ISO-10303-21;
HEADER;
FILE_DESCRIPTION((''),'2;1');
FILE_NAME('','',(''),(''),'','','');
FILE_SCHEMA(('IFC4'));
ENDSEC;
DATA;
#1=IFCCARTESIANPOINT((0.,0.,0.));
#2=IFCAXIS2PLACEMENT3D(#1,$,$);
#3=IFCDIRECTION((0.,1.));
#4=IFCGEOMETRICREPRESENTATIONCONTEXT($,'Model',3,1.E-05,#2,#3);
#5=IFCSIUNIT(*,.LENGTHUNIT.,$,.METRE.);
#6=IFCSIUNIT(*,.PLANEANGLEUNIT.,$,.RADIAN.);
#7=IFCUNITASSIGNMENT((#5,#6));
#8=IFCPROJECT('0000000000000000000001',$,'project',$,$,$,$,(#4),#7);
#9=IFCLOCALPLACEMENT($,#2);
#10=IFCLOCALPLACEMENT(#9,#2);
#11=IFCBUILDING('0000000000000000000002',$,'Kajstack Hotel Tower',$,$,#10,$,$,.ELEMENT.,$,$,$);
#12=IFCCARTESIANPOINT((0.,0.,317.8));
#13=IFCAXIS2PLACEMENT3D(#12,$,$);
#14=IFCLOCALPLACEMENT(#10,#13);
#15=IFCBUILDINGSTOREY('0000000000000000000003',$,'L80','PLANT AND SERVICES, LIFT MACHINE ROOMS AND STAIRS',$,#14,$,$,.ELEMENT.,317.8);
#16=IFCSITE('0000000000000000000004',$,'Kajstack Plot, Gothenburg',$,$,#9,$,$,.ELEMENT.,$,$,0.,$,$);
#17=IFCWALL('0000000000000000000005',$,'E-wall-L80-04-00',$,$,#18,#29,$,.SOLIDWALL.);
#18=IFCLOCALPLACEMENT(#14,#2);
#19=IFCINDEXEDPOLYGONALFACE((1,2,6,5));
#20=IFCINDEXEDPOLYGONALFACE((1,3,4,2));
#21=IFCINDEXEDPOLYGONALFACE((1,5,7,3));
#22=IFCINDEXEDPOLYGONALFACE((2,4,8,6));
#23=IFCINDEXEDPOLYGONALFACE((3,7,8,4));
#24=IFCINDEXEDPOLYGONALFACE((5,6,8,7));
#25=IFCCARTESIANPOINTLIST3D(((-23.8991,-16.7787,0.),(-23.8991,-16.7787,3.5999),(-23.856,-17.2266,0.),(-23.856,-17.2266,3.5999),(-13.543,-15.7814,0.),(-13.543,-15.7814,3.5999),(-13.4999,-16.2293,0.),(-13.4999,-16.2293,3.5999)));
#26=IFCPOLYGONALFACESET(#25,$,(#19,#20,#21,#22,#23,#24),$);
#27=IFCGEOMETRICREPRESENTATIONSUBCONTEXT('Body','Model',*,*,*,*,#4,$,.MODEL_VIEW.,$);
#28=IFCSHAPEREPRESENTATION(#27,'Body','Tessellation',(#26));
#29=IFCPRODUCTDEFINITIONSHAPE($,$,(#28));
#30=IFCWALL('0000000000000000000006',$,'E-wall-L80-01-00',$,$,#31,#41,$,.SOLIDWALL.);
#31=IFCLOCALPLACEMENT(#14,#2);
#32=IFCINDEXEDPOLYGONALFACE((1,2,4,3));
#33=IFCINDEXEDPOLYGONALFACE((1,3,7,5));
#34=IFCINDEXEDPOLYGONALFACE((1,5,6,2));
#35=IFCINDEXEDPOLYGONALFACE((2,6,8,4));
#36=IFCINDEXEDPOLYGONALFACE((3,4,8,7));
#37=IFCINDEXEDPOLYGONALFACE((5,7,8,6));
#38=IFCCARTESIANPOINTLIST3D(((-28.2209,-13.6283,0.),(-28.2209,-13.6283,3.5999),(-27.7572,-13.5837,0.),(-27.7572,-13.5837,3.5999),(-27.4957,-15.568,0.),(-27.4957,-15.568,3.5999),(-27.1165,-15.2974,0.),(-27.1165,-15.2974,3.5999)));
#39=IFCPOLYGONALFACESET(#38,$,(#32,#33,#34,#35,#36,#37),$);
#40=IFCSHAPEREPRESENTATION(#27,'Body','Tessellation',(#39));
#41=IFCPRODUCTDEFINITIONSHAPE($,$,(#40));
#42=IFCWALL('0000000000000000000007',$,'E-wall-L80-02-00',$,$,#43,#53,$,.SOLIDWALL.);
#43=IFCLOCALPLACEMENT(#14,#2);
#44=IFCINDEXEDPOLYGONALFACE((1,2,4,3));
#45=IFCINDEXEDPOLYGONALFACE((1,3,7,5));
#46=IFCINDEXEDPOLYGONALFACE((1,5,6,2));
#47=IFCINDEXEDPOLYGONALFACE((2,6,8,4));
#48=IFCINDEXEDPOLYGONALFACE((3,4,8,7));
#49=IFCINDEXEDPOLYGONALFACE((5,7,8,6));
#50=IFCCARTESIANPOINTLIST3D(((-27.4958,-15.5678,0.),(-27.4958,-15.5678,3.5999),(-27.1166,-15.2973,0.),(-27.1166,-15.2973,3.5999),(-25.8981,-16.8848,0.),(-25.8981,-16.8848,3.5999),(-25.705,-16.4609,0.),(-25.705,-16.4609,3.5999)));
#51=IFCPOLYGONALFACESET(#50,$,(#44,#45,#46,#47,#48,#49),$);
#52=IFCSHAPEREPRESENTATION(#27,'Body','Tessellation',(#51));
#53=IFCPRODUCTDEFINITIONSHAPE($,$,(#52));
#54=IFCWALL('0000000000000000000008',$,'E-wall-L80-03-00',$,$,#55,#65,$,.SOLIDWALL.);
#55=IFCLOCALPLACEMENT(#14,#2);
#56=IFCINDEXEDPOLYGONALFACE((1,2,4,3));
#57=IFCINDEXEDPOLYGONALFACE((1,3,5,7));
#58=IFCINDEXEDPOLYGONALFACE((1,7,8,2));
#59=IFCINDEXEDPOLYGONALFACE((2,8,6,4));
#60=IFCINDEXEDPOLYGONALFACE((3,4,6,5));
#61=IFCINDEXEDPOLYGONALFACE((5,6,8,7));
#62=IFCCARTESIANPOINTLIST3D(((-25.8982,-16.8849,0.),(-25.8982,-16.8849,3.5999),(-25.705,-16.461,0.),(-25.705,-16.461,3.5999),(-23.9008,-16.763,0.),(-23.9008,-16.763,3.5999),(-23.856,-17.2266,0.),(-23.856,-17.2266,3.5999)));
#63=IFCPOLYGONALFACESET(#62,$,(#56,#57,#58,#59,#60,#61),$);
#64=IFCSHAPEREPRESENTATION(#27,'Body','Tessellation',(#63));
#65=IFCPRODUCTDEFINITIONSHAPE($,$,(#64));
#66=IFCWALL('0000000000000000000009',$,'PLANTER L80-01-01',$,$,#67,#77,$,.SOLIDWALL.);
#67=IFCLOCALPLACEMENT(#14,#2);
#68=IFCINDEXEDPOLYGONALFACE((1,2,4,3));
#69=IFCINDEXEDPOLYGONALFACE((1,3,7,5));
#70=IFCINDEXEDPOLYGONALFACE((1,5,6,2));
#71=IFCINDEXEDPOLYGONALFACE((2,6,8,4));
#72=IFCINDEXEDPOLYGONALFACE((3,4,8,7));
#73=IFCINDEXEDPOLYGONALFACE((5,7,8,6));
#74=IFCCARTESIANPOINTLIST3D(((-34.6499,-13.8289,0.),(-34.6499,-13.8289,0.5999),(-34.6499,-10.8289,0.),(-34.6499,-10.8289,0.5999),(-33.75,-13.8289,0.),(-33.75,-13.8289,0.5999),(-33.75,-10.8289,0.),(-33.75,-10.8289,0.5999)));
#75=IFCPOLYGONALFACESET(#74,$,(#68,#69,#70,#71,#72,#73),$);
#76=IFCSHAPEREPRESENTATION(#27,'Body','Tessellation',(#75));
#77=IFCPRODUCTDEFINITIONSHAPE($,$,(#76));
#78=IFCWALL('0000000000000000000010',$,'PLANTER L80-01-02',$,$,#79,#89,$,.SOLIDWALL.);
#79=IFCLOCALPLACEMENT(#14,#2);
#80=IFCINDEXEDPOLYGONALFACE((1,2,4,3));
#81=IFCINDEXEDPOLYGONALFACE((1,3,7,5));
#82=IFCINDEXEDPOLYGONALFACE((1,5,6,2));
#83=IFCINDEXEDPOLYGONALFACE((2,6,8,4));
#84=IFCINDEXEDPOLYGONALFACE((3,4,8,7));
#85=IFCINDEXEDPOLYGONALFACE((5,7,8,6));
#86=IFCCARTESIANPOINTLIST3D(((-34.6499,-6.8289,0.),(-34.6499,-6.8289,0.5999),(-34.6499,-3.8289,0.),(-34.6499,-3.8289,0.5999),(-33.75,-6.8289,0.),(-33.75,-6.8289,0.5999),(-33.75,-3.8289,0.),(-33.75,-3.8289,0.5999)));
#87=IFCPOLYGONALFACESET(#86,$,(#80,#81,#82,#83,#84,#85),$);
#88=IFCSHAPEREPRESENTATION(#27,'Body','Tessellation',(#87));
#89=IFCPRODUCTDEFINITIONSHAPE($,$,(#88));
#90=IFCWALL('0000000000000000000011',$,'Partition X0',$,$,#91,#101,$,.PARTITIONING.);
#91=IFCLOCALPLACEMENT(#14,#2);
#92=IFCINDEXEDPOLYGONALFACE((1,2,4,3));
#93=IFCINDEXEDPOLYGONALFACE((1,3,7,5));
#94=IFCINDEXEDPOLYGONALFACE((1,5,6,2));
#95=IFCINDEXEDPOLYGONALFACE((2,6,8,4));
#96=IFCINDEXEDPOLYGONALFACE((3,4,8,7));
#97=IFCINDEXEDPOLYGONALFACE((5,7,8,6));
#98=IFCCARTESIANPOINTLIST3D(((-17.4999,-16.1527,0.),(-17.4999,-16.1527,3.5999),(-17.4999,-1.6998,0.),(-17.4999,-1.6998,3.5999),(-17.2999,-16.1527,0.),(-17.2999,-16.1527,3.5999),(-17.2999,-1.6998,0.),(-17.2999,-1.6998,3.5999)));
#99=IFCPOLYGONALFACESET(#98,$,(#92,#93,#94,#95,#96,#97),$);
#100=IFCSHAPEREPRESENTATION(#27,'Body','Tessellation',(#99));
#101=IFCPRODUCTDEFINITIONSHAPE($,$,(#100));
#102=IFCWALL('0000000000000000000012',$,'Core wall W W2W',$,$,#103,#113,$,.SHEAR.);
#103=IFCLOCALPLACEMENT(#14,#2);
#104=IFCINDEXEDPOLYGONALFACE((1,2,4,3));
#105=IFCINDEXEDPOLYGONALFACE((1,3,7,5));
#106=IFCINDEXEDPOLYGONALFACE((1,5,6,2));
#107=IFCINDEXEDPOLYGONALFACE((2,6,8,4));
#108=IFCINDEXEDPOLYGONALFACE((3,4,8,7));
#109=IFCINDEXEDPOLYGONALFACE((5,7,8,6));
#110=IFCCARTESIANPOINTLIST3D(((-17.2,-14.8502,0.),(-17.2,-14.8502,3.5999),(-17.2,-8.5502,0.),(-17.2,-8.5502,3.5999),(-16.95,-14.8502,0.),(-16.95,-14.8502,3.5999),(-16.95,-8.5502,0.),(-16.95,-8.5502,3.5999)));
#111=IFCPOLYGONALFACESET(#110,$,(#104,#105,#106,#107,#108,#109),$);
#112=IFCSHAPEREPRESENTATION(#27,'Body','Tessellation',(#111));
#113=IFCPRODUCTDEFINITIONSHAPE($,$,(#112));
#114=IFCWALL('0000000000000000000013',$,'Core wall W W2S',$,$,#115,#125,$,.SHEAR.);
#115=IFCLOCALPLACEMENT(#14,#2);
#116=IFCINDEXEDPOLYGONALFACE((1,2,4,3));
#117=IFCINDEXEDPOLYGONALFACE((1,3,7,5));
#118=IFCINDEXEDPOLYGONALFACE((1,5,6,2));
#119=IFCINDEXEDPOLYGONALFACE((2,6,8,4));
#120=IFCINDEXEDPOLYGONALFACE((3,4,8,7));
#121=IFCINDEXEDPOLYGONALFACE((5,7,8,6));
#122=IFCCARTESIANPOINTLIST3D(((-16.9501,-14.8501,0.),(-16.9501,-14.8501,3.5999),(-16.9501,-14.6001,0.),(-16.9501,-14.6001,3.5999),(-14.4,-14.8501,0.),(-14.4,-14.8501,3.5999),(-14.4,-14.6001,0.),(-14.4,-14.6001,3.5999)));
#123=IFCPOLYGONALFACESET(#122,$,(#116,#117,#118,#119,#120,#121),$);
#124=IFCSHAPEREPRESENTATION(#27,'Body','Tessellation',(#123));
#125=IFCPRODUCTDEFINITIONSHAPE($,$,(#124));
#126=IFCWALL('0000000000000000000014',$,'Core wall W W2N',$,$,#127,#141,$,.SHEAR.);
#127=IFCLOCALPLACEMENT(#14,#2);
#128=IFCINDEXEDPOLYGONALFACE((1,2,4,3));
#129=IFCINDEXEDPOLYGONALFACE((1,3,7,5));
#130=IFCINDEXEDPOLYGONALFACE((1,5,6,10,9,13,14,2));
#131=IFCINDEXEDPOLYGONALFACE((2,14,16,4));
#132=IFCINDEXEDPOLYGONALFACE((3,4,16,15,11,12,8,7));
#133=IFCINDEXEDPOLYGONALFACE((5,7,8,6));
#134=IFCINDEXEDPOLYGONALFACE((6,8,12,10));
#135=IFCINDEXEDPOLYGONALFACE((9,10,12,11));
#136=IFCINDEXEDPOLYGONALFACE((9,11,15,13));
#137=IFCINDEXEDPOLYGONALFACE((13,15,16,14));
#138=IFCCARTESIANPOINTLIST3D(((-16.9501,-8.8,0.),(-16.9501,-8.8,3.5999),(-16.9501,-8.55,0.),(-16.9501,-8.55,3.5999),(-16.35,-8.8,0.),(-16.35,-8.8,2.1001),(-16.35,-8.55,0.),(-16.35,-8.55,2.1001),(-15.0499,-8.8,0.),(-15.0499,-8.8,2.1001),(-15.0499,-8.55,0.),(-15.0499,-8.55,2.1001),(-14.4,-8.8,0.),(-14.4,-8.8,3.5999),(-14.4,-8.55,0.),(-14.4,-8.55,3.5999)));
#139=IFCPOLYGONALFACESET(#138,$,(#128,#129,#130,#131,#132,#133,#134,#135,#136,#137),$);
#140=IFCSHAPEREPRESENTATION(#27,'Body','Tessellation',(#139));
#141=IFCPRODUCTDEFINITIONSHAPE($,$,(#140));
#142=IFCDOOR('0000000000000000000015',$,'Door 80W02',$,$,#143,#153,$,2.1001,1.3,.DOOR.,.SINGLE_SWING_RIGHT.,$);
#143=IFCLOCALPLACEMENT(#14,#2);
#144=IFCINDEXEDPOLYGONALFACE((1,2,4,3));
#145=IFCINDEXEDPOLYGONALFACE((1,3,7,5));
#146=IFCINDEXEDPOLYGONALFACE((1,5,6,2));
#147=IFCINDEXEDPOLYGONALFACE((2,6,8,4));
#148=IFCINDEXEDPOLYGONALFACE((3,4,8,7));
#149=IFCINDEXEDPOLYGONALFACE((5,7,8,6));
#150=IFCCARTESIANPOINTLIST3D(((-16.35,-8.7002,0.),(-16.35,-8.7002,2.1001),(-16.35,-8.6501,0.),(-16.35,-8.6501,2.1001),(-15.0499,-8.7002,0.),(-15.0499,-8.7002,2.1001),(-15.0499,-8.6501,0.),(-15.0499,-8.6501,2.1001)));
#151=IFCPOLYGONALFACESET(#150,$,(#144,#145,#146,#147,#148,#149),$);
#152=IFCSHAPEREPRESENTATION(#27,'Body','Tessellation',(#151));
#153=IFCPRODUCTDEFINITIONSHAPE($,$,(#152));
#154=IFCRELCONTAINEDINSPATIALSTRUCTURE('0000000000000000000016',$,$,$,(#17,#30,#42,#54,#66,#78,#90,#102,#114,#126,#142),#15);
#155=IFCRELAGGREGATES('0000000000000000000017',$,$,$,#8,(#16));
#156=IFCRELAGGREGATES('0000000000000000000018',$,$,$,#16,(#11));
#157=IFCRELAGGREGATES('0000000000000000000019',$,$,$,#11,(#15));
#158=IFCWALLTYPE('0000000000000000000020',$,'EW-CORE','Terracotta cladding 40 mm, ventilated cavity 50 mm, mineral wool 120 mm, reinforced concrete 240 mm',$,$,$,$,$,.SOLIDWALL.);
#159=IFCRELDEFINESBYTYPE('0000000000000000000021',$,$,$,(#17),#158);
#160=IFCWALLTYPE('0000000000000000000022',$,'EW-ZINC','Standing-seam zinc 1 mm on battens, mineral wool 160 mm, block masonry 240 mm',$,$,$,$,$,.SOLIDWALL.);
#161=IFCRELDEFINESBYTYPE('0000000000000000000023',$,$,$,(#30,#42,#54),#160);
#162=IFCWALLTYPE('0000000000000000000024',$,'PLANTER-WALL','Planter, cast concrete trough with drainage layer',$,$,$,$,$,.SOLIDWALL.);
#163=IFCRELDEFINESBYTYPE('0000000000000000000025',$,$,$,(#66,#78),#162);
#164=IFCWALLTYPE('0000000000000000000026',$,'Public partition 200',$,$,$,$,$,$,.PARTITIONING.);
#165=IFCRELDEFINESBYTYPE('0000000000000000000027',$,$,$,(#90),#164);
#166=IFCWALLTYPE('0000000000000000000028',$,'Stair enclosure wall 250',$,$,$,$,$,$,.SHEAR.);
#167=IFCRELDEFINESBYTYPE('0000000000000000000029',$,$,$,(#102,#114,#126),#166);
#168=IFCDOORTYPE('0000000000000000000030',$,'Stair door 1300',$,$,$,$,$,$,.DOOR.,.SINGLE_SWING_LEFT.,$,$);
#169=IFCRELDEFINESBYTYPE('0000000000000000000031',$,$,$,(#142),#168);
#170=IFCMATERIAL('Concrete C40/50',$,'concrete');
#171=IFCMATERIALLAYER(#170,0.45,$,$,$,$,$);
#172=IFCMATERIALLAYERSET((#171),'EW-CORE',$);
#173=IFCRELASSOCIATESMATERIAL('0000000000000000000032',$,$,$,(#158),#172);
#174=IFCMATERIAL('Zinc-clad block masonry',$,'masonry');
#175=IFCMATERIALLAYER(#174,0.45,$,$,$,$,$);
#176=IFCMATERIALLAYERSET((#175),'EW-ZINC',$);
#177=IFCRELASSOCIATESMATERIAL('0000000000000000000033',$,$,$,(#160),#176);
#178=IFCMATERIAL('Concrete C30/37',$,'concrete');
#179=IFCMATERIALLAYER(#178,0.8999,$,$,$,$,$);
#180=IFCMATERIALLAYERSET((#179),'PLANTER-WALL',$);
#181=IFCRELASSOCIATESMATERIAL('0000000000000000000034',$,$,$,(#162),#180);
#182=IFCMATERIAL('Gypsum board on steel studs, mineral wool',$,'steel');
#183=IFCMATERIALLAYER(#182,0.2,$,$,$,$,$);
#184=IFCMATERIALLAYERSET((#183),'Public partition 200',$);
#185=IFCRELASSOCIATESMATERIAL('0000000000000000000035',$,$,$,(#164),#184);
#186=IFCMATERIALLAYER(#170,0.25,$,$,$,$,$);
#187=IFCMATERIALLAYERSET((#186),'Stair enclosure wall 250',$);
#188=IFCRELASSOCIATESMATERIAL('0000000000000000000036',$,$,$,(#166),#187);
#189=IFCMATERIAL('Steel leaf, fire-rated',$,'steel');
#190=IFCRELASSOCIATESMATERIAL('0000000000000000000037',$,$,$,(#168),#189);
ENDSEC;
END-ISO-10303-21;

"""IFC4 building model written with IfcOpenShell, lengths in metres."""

from ifc_helpers import new_model, si_unit, direction, frame, frame_2d, origin, place, context, subcontext, project, spatial, polyline, rectangle, outline, extrude, material, layer, layer_set, type_object, element, fill, save


model = new_model("IFC4")

# Units and contexts
model_context = context("Model", 3, precision=1e-05, world=origin(), true_north=direction((0.0, 1.0)))
body_context = subcontext(model_context, "Body", "Model", "MODEL_VIEW")
ifc_project = project(units=[si_unit("LENGTHUNIT", "METRE"), si_unit("PLANEANGLEUNIT", "RADIAN")], contexts=[model_context])

# Site, building, storey
site_placement = place(None, origin())
site = spatial("IfcSite", under=ifc_project, at=site_placement, Name="Kajstack Plot, Gothenburg", CompositionType="ELEMENT", RefElevation=0.0)
building_placement = place(site_placement, origin())
building = spatial("IfcBuilding", under=site, at=building_placement, Name="Kajstack Hotel Tower", CompositionType="ELEMENT")
storey_placement = place(building_placement, frame((0.0, 0.0, 317.8)))
storey = spatial("IfcBuildingStorey", under=building, at=storey_placement, Name="L80", Description="PLANT AND SERVICES, LIFT MACHINE ROOMS AND STAIRS", CompositionType="ELEMENT", Elevation=317.8)

# Walls
ifc_material_1 = material(Name="Concrete C40/50", Category="concrete")
ifc_layer_1 = layer(ifc_material_1, 0.45)
ifc_layer_set_1 = layer_set([ifc_layer_1], Name="EW-CORE")
wall_type_1 = type_object("IfcWallType", Name="EW-CORE", Description="Terracotta cladding 40 mm, ventilated cavity 50 mm, mineral wool 120 mm, reinforced concrete 240 mm", PredefinedType="SOLIDWALL", material=ifc_layer_set_1)
wall_1_placement = place(storey_placement, frame((-23.8777, -17.0027, 0.0), z_axis=(0.0, 0.0, 1.0), x_axis=(0.995395, 0.095858, 0.0)))
element("IfcWall", 1, at=wall_1_placement, inside=storey, type_object=wall_type_1, Name="E-wall-L80-04-00", PredefinedType="SOLIDWALL", context=body_context, shape_type="SweptSolid", body=[
    extrude(rectangle(XDim=10.4041, YDim=0.45, at=frame_2d((5.2021, 0.0))), origin(), (0.0, 0.0, 1.0), 3.5999),
])
ifc_material_2 = material(Name="Zinc-clad block masonry", Category="masonry")
ifc_layer_2 = layer(ifc_material_2, 0.45)
ifc_layer_set_2 = layer_set([ifc_layer_2], Name="EW-ZINC")
wall_type_2 = type_object("IfcWallType", Name="EW-ZINC", Description="Standing-seam zinc 1 mm on battens, mineral wool 160 mm, block masonry 240 mm", PredefinedType="SOLIDWALL", material=ifc_layer_set_2)
wall_2_placement = place(storey_placement, frame((-28.0103, -13.5496, 0.0), z_axis=(0.0, 0.0, 1.0), x_axis=(0.350193, -0.936678, 0.0)))
element("IfcWall", 2, at=wall_2_placement, inside=storey, type_object=wall_type_2, Name="E-wall-L80-01-00", PredefinedType="SOLIDWALL", context=body_context, shape_type="SweptSolid", body=[
    extrude(outline(polyline([(0.0, -0.2249), (2.0708, -0.2249), (1.9502, 0.2251), (0.1206, 0.2251), (0.0, -0.2249)])), origin(), (0.0, 0.0, 1.0), 3.5999),
])
for number, where, z_axis, x_axis, name in (
    (3, (-27.3528, -15.3943, 0.0), (0.0, 0.0, 1.0), (0.771699, -0.635988, 0.0), "E-wall-L80-02-00"),
    (4, (-25.8611, -16.6631, 0.0), (0.0, 0.0, 1.0), (0.986301, -0.164953, 0.0), "E-wall-L80-03-00"),
):
    element("IfcWall", number, at=place(storey_placement, frame(where, z_axis=z_axis, x_axis=x_axis)), inside=storey, type_object=wall_type_2, Name=name, PredefinedType="SOLIDWALL", context=body_context, shape_type="SweptSolid", body=[
        extrude(outline(polyline([(0.0, -0.2249), (2.0706, -0.2251), (1.95, 0.2249), (0.1206, 0.2251), (0.0, -0.2249)])), origin(), (0.0, 0.0, 1.0), 3.5999),
    ])
ifc_material_3 = material(Name="Concrete C30/37", Category="concrete")
ifc_layer_3 = layer(ifc_material_3, 0.8999)
ifc_layer_set_3 = layer_set([ifc_layer_3], Name="PLANTER-WALL")
wall_type_3 = type_object("IfcWallType", Name="PLANTER-WALL", Description="Planter, cast concrete trough with drainage layer", PredefinedType="SOLIDWALL", material=ifc_layer_set_3)
for number, where, z_axis, x_axis, name in (
    (5, (-34.2, -13.8289, 0.0), (0.0, 0.0, 1.0), (0.0, 1.0, 0.0), "PLANTER L80-01-01"),
    (6, (-34.2, -6.8289, 0.0), (0.0, 0.0, 1.0), (0.0, 1.0, 0.0), "PLANTER L80-01-02"),
):
    element("IfcWall", number, at=place(storey_placement, frame(where, z_axis=z_axis, x_axis=x_axis)), inside=storey, type_object=wall_type_3, Name=name, PredefinedType="SOLIDWALL", context=body_context, shape_type="SweptSolid", body=[
        extrude(rectangle(XDim=3.0, YDim=0.8999, at=frame_2d((1.5, 0.0))), origin(), (0.0, 0.0, 1.0), 0.5999),
    ])
ifc_material_4 = material(Name="Gypsum board on steel studs, mineral wool", Category="steel")
ifc_layer_4 = layer(ifc_material_4, 0.2)
ifc_layer_set_4 = layer_set([ifc_layer_4], Name="Public partition 200")
wall_type_4 = type_object("IfcWallType", Name="Public partition 200", PredefinedType="PARTITIONING", material=ifc_layer_set_4)
wall_3_placement = place(storey_placement, frame((-17.3999, -16.1528, 0.0), z_axis=(0.0, 0.0, 1.0), x_axis=(0.0, 1.0, 0.0)))
element("IfcWall", 7, at=wall_3_placement, inside=storey, type_object=wall_type_4, Name="Partition X0", PredefinedType="PARTITIONING", context=body_context, shape_type="SweptSolid", body=[
    extrude(rectangle(XDim=14.4529, YDim=0.2, at=frame_2d((7.2266, 0.0))), origin(), (0.0, 0.0, 1.0), 3.5999),
])
ifc_layer_5 = layer(ifc_material_1, 0.25)
ifc_layer_set_5 = layer_set([ifc_layer_5], Name="Stair enclosure wall 250")
wall_type_5 = type_object("IfcWallType", Name="Stair enclosure wall 250", PredefinedType="SHEAR", material=ifc_layer_set_5)
wall_4_placement = place(storey_placement, frame((-17.075, -14.8501, 0.0), z_axis=(0.0, 0.0, 1.0), x_axis=(0.0, 1.0, 0.0)))
element("IfcWall", 8, at=wall_4_placement, inside=storey, type_object=wall_type_5, Name="Core wall W W2W", PredefinedType="SHEAR", context=body_context, shape_type="SweptSolid", body=[
    extrude(rectangle(XDim=6.3, YDim=0.25, at=frame_2d((3.1499, 0.0))), origin(), (0.0, 0.0, 1.0), 3.5999),
])
wall_5_placement = place(storey_placement, frame((-16.95, -14.7251, 0.0), z_axis=(0.0, 0.0, 1.0), x_axis=(1.0, 0.0, 0.0)))
element("IfcWall", 9, at=wall_5_placement, inside=storey, type_object=wall_type_5, Name="Core wall W W2S", PredefinedType="SHEAR", context=body_context, shape_type="SweptSolid", body=[
    extrude(rectangle(XDim=2.55, YDim=0.25, at=frame_2d((1.2749, 0.0))), origin(), (0.0, 0.0, 1.0), 3.5999),
])

# Wall, opening, door
wall_6_placement = place(storey_placement, frame((-16.95, -8.675, 0.0), z_axis=(0.0, 0.0, 1.0), x_axis=(1.0, 0.0, 0.0)))
wall_6 = element("IfcWall", 10, at=wall_6_placement, inside=storey, type_object=wall_type_5, Name="Core wall W W2N", PredefinedType="SHEAR", context=body_context, shape_type="SweptSolid", body=[
    extrude(rectangle(XDim=2.55, YDim=0.25, at=frame_2d((1.2749, 0.0))), origin(), (0.0, 0.0, 1.0), 3.5999),
])
opening_placement = place(wall_6_placement, frame((0.6001, 0.0, 0.0)))
opening = element("IfcOpeningElement", 11, at=opening_placement, cuts=wall_6, PredefinedType="OPENING", context=body_context, shape_type="SweptSolid", body=[
    extrude(rectangle(XDim=1.3, YDim=2.1001, at=frame_2d((0.6499, 1.05))), frame((0.0, 0.135, 0.0), z_axis=(0.0, -1.0, 0.0), x_axis=(1.0, 0.0, 0.0)), (0.0, 0.0, 1.0), 0.27),
])
ifc_material_5 = material(Name="Steel leaf, fire-rated", Category="steel")
door_type = type_object("IfcDoorType", Name="Stair door 1300", OperationType="SINGLE_SWING_LEFT", PredefinedType="DOOR", material=ifc_material_5)
door_placement = place(opening_placement, origin())
door = element("IfcDoor", 12, at=door_placement, inside=storey, type_object=door_type, Name="Door 80W02", OperationType="SINGLE_SWING_RIGHT", OverallHeight=2.1001, OverallWidth=1.3, PredefinedType="DOOR", context=body_context, shape_type="SweptSolid", body=[
    extrude(rectangle(XDim=1.3, YDim=2.1001, at=frame_2d((0.6499, 1.05))), frame((0.0, 0.0249, 0.0), z_axis=(0.0, -1.0, 0.0), x_axis=(1.0, 0.0, 0.0)), (0.0, 0.0, 1.0), 0.05),
])
fill(opening, door)

save(model, "model.ifc")
